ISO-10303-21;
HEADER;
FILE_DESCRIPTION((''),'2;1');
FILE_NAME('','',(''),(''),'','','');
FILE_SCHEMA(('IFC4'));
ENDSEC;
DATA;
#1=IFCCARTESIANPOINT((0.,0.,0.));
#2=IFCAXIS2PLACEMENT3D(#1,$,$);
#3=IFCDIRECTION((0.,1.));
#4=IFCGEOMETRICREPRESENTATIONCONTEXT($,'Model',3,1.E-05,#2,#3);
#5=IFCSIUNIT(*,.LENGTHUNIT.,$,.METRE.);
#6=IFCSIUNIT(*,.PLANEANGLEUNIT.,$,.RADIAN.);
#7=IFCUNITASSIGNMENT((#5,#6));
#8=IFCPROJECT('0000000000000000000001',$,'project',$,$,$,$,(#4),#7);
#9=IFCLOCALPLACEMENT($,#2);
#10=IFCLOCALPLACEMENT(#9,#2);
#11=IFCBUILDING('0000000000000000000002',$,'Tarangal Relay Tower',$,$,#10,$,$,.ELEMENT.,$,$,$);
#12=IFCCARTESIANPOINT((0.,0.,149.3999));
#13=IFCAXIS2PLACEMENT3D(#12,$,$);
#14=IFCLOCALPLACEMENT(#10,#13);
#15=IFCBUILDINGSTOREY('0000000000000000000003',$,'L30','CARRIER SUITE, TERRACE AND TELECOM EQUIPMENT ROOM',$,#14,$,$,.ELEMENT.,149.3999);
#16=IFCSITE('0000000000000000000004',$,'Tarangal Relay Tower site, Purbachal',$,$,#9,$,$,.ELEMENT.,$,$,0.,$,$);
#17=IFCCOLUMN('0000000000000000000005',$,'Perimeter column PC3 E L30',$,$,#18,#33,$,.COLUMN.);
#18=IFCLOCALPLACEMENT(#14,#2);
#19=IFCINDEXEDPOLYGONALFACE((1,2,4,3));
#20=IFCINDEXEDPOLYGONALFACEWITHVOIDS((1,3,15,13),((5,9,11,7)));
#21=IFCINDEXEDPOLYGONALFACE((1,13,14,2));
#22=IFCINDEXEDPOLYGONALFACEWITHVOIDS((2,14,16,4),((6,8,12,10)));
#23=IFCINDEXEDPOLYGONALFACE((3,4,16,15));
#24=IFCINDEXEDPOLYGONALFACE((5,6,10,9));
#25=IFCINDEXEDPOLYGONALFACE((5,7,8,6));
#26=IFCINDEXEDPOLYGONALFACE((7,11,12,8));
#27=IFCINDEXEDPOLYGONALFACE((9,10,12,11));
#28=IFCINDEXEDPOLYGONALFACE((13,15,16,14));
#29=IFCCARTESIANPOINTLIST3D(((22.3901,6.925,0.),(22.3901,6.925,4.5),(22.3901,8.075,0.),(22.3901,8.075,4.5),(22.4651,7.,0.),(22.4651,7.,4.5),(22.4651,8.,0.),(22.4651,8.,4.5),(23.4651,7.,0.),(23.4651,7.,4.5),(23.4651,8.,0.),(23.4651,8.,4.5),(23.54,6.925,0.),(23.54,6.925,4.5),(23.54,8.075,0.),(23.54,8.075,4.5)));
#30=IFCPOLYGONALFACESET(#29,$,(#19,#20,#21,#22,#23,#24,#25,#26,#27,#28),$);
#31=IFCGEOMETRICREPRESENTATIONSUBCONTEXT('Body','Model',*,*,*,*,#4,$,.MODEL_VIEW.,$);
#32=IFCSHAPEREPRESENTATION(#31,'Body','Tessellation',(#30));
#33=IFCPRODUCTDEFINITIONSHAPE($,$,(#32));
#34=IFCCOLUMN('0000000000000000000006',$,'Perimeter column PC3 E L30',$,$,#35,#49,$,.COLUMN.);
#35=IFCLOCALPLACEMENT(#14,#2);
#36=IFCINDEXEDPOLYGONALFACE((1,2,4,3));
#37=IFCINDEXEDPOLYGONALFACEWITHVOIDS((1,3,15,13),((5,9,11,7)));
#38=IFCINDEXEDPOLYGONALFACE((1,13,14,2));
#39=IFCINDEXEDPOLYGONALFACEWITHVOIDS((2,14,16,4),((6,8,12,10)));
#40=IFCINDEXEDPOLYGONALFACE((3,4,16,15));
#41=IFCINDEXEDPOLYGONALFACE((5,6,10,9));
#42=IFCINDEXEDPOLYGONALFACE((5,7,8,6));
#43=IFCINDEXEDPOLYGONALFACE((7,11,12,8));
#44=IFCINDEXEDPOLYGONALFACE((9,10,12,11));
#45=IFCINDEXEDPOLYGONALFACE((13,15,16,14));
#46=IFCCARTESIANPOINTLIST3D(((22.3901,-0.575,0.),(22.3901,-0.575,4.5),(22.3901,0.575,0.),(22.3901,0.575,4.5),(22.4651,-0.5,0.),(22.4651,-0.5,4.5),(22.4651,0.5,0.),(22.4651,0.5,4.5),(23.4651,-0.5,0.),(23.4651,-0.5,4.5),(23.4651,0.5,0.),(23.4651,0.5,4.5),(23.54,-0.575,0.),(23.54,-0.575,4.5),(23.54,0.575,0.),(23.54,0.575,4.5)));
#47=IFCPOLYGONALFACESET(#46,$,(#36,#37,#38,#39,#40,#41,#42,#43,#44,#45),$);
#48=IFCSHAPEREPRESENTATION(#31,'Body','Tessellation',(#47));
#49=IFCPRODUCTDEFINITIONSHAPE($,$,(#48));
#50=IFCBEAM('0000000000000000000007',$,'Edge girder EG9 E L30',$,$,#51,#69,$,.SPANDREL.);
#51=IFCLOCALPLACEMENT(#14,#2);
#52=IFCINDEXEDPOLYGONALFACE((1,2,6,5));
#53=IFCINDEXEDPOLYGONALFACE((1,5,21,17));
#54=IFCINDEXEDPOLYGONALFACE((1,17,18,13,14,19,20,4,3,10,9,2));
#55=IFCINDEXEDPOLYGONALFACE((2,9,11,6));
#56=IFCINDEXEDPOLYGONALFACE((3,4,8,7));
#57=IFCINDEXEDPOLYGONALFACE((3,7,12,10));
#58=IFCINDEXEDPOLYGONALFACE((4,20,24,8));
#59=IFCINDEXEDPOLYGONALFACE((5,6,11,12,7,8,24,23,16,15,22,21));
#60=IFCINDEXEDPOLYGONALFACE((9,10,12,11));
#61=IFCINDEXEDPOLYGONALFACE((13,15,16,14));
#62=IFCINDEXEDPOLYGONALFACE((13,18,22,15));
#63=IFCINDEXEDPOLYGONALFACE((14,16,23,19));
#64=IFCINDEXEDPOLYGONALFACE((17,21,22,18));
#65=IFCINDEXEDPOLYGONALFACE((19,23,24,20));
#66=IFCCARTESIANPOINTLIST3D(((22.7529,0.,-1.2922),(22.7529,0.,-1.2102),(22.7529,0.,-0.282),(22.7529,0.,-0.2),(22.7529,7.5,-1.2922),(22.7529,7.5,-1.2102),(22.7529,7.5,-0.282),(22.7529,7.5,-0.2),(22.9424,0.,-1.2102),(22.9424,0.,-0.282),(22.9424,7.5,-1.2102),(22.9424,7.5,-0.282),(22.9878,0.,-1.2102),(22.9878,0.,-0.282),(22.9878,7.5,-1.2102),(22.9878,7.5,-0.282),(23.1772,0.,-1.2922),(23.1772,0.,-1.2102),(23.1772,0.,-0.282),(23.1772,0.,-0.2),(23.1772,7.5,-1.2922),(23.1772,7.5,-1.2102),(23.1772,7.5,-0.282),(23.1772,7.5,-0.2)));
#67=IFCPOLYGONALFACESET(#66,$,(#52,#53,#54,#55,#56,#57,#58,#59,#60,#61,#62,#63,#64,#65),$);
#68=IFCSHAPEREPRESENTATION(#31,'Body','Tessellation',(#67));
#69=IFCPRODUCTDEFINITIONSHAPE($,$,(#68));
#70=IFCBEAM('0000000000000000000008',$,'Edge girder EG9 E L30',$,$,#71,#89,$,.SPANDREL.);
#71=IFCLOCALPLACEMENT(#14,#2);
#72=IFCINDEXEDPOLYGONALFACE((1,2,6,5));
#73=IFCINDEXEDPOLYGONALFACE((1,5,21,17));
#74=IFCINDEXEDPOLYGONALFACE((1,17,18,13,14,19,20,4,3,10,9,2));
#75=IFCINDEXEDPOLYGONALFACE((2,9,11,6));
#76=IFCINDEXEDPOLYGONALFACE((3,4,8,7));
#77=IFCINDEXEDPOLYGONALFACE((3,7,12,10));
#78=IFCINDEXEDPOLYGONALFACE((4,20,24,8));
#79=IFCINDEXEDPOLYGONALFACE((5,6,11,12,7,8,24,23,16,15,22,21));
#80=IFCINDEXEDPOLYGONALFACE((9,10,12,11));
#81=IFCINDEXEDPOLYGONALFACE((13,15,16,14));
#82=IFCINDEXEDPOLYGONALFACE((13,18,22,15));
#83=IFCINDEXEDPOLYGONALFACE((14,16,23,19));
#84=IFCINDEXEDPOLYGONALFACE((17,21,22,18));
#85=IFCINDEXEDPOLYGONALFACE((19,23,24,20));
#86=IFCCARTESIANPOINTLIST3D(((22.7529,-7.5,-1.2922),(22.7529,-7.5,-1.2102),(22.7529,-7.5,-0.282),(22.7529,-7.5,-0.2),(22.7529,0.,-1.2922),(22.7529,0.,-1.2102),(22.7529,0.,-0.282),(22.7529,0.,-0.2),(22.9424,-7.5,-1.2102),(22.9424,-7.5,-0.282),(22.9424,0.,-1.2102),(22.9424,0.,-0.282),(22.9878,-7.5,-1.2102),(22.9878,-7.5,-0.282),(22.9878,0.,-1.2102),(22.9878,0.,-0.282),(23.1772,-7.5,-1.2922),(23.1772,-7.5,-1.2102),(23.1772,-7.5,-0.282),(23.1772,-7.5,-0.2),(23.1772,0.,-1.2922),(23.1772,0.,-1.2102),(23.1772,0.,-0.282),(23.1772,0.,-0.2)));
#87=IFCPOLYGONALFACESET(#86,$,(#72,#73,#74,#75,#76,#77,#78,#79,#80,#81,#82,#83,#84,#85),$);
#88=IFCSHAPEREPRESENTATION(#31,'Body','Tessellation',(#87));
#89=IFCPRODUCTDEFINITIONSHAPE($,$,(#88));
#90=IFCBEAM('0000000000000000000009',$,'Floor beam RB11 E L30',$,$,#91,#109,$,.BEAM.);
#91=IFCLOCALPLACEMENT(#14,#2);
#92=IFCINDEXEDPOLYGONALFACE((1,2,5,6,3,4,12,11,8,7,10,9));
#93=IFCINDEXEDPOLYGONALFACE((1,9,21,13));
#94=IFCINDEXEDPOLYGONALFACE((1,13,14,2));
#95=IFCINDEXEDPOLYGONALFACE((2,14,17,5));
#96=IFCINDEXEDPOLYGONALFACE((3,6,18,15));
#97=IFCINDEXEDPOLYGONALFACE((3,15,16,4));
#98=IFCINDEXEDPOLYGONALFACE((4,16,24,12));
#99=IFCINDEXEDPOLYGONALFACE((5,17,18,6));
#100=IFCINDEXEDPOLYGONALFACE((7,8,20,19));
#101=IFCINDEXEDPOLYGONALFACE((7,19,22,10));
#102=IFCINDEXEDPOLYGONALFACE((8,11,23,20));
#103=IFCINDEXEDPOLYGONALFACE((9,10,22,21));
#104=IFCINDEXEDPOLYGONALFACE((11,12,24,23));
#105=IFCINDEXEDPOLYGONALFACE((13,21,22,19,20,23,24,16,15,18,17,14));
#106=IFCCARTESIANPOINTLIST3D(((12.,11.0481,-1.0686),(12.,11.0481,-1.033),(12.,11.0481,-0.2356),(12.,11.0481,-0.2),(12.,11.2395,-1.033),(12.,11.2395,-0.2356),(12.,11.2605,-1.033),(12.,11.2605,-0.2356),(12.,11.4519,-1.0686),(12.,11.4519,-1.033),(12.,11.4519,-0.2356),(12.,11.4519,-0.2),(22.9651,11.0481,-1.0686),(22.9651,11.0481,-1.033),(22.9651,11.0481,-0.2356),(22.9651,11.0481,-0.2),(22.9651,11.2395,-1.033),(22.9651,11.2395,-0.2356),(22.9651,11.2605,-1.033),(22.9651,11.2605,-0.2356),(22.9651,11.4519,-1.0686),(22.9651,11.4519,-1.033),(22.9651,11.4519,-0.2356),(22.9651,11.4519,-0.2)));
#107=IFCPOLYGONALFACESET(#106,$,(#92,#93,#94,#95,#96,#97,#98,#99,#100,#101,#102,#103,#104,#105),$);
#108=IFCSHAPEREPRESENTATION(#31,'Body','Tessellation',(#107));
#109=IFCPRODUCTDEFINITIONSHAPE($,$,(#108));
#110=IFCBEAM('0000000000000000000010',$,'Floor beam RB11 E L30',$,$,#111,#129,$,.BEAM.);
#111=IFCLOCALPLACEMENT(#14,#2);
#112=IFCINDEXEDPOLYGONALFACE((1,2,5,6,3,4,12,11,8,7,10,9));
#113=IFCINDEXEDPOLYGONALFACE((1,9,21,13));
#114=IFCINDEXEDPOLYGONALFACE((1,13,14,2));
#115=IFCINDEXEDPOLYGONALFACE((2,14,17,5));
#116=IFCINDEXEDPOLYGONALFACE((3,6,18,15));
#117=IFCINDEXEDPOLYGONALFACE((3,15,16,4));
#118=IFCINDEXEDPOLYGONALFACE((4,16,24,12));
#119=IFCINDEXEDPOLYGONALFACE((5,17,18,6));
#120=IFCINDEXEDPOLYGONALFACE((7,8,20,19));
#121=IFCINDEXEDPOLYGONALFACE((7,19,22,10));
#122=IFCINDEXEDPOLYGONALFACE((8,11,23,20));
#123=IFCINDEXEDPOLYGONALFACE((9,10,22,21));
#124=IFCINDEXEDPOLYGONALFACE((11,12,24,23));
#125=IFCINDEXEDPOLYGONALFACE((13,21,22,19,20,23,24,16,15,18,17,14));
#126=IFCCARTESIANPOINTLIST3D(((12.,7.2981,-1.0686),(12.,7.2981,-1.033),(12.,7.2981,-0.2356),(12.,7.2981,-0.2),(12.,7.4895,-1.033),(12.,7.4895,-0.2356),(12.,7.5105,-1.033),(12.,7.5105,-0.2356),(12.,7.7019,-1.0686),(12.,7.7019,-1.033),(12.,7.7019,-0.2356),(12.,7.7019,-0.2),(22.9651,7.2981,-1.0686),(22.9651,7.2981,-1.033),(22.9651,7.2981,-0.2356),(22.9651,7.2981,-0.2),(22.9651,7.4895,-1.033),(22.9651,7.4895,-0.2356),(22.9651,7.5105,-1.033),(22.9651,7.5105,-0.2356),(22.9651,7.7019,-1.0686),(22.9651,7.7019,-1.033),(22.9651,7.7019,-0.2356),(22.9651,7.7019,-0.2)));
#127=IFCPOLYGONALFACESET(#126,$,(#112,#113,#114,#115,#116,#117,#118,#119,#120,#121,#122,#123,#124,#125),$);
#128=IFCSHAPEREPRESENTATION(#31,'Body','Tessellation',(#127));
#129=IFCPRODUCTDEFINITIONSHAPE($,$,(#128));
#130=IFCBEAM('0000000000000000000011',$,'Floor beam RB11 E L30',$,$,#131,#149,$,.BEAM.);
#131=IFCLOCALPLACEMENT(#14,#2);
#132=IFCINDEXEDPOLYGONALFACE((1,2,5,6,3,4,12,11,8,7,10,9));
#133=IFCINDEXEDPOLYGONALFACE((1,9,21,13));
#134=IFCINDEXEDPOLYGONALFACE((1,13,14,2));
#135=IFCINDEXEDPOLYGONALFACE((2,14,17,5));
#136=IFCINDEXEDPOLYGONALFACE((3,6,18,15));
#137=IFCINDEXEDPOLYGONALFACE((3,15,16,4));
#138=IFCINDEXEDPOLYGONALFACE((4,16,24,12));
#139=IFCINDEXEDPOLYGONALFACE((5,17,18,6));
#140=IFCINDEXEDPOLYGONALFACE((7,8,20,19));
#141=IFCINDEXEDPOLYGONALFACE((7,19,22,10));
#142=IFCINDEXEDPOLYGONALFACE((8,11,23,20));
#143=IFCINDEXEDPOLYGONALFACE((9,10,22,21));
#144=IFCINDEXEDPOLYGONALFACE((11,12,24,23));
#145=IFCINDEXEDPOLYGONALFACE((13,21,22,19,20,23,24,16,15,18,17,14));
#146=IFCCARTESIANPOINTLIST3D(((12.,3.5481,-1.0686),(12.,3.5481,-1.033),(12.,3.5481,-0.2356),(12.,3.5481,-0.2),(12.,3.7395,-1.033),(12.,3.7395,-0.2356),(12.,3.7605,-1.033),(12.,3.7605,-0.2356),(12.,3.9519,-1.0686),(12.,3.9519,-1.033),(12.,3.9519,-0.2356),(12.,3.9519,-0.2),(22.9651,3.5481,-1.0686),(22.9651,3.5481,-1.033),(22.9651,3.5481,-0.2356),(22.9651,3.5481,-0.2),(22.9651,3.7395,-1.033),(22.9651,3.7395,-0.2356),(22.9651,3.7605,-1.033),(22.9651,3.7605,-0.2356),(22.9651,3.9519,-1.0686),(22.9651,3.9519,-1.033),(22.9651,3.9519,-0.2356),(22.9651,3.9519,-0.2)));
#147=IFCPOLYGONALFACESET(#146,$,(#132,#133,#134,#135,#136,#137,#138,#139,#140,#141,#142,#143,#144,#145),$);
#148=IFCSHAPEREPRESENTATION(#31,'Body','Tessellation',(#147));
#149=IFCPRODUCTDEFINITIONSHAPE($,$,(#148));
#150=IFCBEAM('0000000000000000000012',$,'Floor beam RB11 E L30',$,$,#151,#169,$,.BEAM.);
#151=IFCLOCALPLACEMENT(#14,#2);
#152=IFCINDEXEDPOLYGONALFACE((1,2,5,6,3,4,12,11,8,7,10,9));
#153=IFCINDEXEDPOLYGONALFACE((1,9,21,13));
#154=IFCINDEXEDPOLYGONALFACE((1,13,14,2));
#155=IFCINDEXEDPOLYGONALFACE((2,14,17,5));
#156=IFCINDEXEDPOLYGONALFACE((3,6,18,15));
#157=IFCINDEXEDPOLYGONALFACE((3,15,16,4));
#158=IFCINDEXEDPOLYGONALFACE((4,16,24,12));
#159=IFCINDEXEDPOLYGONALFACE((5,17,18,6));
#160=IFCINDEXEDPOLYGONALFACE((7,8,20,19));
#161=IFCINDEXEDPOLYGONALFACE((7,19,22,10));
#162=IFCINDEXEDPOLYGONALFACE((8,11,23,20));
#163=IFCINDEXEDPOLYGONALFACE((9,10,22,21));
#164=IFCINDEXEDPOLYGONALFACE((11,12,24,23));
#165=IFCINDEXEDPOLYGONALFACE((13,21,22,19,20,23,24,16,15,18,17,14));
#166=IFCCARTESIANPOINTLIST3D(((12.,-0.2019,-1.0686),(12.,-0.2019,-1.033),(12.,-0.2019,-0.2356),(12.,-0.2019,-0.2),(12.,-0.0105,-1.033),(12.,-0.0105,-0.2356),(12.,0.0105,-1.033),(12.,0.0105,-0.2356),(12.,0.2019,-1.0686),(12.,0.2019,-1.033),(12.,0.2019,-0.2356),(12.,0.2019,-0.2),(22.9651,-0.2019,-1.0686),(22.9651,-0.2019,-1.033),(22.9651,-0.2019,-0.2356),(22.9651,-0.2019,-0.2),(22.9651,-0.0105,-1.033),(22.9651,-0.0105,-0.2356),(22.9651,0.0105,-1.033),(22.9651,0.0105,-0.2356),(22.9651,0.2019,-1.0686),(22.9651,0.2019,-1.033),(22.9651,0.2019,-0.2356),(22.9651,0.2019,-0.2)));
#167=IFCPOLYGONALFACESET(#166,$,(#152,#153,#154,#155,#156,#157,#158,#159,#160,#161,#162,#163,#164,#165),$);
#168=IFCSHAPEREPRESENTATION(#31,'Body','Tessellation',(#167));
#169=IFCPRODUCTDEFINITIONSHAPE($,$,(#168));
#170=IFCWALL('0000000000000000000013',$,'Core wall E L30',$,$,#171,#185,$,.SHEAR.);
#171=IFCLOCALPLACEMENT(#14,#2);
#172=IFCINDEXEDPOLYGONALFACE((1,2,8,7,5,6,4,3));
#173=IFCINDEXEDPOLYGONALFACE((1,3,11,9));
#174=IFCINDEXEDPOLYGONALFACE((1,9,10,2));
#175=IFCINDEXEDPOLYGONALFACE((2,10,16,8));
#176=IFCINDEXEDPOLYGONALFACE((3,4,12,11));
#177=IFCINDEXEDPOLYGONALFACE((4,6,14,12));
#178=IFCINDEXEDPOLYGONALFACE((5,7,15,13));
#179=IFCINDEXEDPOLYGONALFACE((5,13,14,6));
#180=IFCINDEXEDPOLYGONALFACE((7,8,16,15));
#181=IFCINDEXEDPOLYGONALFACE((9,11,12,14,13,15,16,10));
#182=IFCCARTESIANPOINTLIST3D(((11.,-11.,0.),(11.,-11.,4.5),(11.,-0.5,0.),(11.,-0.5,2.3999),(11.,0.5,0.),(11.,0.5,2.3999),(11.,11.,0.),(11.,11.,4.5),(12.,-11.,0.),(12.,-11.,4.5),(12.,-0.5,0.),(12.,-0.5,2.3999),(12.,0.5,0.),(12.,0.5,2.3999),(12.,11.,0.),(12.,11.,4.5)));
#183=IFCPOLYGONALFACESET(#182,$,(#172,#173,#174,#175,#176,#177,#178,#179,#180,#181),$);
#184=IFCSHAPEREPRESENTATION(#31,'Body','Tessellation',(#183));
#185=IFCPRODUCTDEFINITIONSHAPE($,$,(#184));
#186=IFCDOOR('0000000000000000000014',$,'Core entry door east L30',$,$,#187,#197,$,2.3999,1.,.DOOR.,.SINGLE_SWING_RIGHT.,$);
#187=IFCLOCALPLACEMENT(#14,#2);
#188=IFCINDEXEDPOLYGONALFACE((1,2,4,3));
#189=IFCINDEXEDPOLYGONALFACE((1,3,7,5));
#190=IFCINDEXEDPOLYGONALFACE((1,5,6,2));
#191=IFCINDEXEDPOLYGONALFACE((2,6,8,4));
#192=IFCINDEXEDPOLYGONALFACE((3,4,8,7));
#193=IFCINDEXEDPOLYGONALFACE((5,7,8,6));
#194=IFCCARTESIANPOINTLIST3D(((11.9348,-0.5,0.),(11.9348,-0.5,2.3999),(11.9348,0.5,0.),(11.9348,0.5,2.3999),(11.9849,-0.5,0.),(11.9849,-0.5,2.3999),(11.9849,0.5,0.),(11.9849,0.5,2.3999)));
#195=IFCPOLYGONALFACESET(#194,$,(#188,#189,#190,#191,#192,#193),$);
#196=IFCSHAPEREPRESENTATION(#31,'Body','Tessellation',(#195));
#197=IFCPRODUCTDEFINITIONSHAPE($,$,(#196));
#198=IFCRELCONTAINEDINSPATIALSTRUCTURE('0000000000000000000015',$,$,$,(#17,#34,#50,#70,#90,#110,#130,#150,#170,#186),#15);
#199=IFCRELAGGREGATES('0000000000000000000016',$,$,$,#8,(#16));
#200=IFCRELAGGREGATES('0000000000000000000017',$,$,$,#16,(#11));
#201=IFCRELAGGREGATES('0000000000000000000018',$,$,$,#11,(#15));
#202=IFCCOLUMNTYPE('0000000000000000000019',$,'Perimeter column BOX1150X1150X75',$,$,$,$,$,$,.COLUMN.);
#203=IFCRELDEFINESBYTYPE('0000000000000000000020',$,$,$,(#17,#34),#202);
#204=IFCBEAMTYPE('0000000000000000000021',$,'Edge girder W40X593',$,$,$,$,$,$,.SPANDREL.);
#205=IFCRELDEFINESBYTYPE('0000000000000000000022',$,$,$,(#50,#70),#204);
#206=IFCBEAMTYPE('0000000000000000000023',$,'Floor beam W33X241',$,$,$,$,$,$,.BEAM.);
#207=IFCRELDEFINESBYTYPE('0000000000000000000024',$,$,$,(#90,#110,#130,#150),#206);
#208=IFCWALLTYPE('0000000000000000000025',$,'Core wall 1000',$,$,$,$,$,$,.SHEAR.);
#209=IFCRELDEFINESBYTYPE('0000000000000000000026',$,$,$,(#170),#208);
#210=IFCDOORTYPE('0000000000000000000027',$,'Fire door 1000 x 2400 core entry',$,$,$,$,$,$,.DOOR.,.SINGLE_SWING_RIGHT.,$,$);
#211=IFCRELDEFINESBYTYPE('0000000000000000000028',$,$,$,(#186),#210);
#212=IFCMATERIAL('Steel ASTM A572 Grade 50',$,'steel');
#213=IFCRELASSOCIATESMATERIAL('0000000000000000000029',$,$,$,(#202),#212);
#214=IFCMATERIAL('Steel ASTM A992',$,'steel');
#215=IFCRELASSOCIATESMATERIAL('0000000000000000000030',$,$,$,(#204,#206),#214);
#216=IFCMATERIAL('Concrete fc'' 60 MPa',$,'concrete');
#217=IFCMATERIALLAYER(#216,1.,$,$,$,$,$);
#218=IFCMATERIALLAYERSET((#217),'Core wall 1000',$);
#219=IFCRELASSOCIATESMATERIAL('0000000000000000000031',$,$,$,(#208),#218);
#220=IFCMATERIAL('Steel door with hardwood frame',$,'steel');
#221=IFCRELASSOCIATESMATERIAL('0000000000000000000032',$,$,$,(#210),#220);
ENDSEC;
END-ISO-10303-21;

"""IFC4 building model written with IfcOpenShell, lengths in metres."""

from ifc_helpers import new_model, si_unit, direction, frame, frame_2d, origin, origin_2d, place, context, subcontext, project, spatial, rectangle, hollow_rectangle, i_section, extrude, material, layer, layer_set, material_profile, profile_set, type_object, element, fill, save


model = new_model("IFC4")

# Units and contexts
model_context = context("Model", 3, precision=1e-05, world=origin(), true_north=direction((0.0, 1.0)))
body_context = subcontext(model_context, "Body", "Model", "MODEL_VIEW")
ifc_project = project(units=[si_unit("LENGTHUNIT", "METRE"), si_unit("PLANEANGLEUNIT", "RADIAN")], contexts=[model_context])

# Site, building, storey
site_placement = place(None, origin())
site = spatial("IfcSite", under=ifc_project, at=site_placement, Name="Tarangal Relay Tower site, Purbachal", CompositionType="ELEMENT", RefElevation=0.0)
building_placement = place(site_placement, origin())
building = spatial("IfcBuilding", under=site, at=building_placement, Name="Tarangal Relay Tower", CompositionType="ELEMENT")
storey_placement = place(building_placement, frame((0.0, 0.0, 149.3999)))
storey = spatial("IfcBuildingStorey", under=building, at=storey_placement, Name="L30", Description="CARRIER SUITE, TERRACE AND TELECOM EQUIPMENT ROOM", CompositionType="ELEMENT", Elevation=149.3999)

# Columns
ifc_material_1 = material(Name="Steel ASTM A572 Grade 50", Category="steel")
ifc_material_profile_1 = material_profile(ifc_material_1, hollow_rectangle(XDim=1.1499, YDim=1.1499, WallThickness=0.075, at=origin_2d()), Name="BOX1150X1150X75")
ifc_profile_set_1 = profile_set([ifc_material_profile_1], Name="Steel ASTM A572 Grade 50")
column_type = type_object("IfcColumnType", Name="Perimeter column BOX1150X1150X75", PredefinedType="COLUMN", material=ifc_profile_set_1)
for number, where, z_axis, x_axis, name in (
    (1, (22.9651, 7.5, 0.0), (0.0, 0.0, 1.0), (1.0, 0.0, 0.0), "Perimeter column PC3 E L30"),
    (2, (22.9651, 0.0, 0.0), (0.0, 0.0, 1.0), (1.0, 0.0, 0.0), "Perimeter column PC3 E L30"),
):
    element("IfcColumn", number, at=place(storey_placement, frame(where, z_axis=z_axis, x_axis=x_axis)), inside=storey, type_object=column_type, Name=name, PredefinedType="COLUMN", context=body_context, shape_type="SweptSolid", body=[
        extrude(hollow_rectangle(XDim=1.1499, YDim=1.1499, WallThickness=0.075, at=origin_2d()), origin(), (0.0, 0.0, 1.0), 4.5),
    ])

# Beams
ifc_material_2 = material(Name="Steel ASTM A992", Category="steel")
ifc_material_profile_2 = material_profile(ifc_material_2, i_section(OverallWidth=0.4243, OverallDepth=1.0923, WebThickness=0.0454, FlangeThickness=0.082, at=origin_2d()), Name="W40X593")
ifc_profile_set_2 = profile_set([ifc_material_profile_2], Name="Steel ASTM A992")
beam_type_1 = type_object("IfcBeamType", Name="Edge girder W40X593", PredefinedType="SPANDREL", material=ifc_profile_set_2)
for number, where, z_axis, x_axis, name in (
    (3, (22.9651, 7.5, -0.7461), (0.0, -1.0, 0.0), (1.0, 0.0, 0.0), "Edge girder EG9 E L30"),
    (4, (22.9651, 0.0, -0.7461), (0.0, -1.0, 0.0), (1.0, 0.0, 0.0), "Edge girder EG9 E L30"),
):
    element("IfcBeam", number, at=place(storey_placement, frame(where, z_axis=z_axis, x_axis=x_axis)), inside=storey, type_object=beam_type_1, Name=name, PredefinedType="SPANDREL", context=body_context, shape_type="SweptSolid", body=[
        extrude(i_section(OverallWidth=0.4243, OverallDepth=1.0923, WebThickness=0.0454, FlangeThickness=0.082, at=origin_2d()), origin(), (0.0, 0.0, 1.0), 7.5),
    ])
ifc_material_profile_3 = material_profile(ifc_material_2, i_section(OverallWidth=0.4038, OverallDepth=0.8687, WebThickness=0.021, FlangeThickness=0.0356, at=origin_2d()), Name="W33X241")
ifc_profile_set_3 = profile_set([ifc_material_profile_3], Name="Steel ASTM A992")
beam_type_2 = type_object("IfcBeamType", Name="Floor beam W33X241", PredefinedType="BEAM", material=ifc_profile_set_3)
for number, where, z_axis, x_axis, name in (
    (5, (12.0, 11.25, -0.6343), (1.0, 0.0, 0.0), (0.0, 1.0, 0.0), "Floor beam RB11 E L30"),
    (6, (12.0, 7.5, -0.6343), (1.0, 0.0, 0.0), (0.0, 1.0, 0.0), "Floor beam RB11 E L30"),
    (7, (12.0, 3.75, -0.6343), (1.0, 0.0, 0.0), (0.0, 1.0, 0.0), "Floor beam RB11 E L30"),
    (8, (12.0, 0.0, -0.6343), (1.0, 0.0, 0.0), (0.0, 1.0, 0.0), "Floor beam RB11 E L30"),
):
    element("IfcBeam", number, at=place(storey_placement, frame(where, z_axis=z_axis, x_axis=x_axis)), inside=storey, type_object=beam_type_2, Name=name, PredefinedType="BEAM", context=body_context, shape_type="SweptSolid", body=[
        extrude(i_section(OverallWidth=0.4038, OverallDepth=0.8687, WebThickness=0.021, FlangeThickness=0.0356, at=origin_2d()), origin(), (0.0, 0.0, 1.0), 10.9651),
    ])

# Wall, opening, door
ifc_material_3 = material(Name="Concrete fc' 60 MPa", Category="concrete")
ifc_layer_1 = layer(ifc_material_3, 1.0)
ifc_layer_set_1 = layer_set([ifc_layer_1], Name="Core wall 1000")
wall_type_1 = type_object("IfcWallType", Name="Core wall 1000", PredefinedType="SHEAR", material=ifc_layer_set_1)
wall_1_placement = place(storey_placement, frame((11.5, 11.0, 0.0), z_axis=(0.0, 0.0, 1.0), x_axis=(0.0, -1.0, 0.0)))
wall_1 = element("IfcWall", 9, at=wall_1_placement, inside=storey, type_object=wall_type_1, Name="Core wall E L30", PredefinedType="SHEAR", context=body_context, shape_type="SweptSolid", body=[
    extrude(rectangle(XDim=22.0, YDim=1.0, at=frame_2d((11.0, 0.0))), origin(), (0.0, 0.0, 1.0), 4.5),
])
opening_placement = place(wall_1_placement, frame((10.5, 0.0, 0.0)))
opening = element("IfcOpeningElement", 10, at=opening_placement, cuts=wall_1, PredefinedType="OPENING", context=body_context, shape_type="SweptSolid", body=[
    extrude(rectangle(XDim=1.0, YDim=2.3999, at=frame_2d((0.5, 1.2))), frame((0.0, 0.51, 0.0), z_axis=(0.0, -1.0, 0.0), x_axis=(1.0, 0.0, 0.0)), (0.0, 0.0, 1.0), 1.02),
])
ifc_material_4 = material(Name="Steel door with hardwood frame", Category="steel")
door_type = type_object("IfcDoorType", Name="Fire door 1000 x 2400 core entry", OperationType="SINGLE_SWING_RIGHT", PredefinedType="DOOR", material=ifc_material_4)
door_placement = place(opening_placement, origin())
door = element("IfcDoor", 11, at=door_placement, inside=storey, type_object=door_type, Name="Core entry door east L30", OperationType="SINGLE_SWING_RIGHT", OverallHeight=2.3999, OverallWidth=1.0, PredefinedType="DOOR", context=body_context, shape_type="SweptSolid", body=[
    extrude(rectangle(XDim=1.0, YDim=2.3999, at=frame_2d((0.5, 1.2))), frame((0.0, 0.4849, 0.0), z_axis=(0.0, -1.0, 0.0), x_axis=(1.0, 0.0, 0.0)), (0.0, 0.0, 1.0), 0.05),
])
fill(opening, door)

save(model, "model.ifc")
